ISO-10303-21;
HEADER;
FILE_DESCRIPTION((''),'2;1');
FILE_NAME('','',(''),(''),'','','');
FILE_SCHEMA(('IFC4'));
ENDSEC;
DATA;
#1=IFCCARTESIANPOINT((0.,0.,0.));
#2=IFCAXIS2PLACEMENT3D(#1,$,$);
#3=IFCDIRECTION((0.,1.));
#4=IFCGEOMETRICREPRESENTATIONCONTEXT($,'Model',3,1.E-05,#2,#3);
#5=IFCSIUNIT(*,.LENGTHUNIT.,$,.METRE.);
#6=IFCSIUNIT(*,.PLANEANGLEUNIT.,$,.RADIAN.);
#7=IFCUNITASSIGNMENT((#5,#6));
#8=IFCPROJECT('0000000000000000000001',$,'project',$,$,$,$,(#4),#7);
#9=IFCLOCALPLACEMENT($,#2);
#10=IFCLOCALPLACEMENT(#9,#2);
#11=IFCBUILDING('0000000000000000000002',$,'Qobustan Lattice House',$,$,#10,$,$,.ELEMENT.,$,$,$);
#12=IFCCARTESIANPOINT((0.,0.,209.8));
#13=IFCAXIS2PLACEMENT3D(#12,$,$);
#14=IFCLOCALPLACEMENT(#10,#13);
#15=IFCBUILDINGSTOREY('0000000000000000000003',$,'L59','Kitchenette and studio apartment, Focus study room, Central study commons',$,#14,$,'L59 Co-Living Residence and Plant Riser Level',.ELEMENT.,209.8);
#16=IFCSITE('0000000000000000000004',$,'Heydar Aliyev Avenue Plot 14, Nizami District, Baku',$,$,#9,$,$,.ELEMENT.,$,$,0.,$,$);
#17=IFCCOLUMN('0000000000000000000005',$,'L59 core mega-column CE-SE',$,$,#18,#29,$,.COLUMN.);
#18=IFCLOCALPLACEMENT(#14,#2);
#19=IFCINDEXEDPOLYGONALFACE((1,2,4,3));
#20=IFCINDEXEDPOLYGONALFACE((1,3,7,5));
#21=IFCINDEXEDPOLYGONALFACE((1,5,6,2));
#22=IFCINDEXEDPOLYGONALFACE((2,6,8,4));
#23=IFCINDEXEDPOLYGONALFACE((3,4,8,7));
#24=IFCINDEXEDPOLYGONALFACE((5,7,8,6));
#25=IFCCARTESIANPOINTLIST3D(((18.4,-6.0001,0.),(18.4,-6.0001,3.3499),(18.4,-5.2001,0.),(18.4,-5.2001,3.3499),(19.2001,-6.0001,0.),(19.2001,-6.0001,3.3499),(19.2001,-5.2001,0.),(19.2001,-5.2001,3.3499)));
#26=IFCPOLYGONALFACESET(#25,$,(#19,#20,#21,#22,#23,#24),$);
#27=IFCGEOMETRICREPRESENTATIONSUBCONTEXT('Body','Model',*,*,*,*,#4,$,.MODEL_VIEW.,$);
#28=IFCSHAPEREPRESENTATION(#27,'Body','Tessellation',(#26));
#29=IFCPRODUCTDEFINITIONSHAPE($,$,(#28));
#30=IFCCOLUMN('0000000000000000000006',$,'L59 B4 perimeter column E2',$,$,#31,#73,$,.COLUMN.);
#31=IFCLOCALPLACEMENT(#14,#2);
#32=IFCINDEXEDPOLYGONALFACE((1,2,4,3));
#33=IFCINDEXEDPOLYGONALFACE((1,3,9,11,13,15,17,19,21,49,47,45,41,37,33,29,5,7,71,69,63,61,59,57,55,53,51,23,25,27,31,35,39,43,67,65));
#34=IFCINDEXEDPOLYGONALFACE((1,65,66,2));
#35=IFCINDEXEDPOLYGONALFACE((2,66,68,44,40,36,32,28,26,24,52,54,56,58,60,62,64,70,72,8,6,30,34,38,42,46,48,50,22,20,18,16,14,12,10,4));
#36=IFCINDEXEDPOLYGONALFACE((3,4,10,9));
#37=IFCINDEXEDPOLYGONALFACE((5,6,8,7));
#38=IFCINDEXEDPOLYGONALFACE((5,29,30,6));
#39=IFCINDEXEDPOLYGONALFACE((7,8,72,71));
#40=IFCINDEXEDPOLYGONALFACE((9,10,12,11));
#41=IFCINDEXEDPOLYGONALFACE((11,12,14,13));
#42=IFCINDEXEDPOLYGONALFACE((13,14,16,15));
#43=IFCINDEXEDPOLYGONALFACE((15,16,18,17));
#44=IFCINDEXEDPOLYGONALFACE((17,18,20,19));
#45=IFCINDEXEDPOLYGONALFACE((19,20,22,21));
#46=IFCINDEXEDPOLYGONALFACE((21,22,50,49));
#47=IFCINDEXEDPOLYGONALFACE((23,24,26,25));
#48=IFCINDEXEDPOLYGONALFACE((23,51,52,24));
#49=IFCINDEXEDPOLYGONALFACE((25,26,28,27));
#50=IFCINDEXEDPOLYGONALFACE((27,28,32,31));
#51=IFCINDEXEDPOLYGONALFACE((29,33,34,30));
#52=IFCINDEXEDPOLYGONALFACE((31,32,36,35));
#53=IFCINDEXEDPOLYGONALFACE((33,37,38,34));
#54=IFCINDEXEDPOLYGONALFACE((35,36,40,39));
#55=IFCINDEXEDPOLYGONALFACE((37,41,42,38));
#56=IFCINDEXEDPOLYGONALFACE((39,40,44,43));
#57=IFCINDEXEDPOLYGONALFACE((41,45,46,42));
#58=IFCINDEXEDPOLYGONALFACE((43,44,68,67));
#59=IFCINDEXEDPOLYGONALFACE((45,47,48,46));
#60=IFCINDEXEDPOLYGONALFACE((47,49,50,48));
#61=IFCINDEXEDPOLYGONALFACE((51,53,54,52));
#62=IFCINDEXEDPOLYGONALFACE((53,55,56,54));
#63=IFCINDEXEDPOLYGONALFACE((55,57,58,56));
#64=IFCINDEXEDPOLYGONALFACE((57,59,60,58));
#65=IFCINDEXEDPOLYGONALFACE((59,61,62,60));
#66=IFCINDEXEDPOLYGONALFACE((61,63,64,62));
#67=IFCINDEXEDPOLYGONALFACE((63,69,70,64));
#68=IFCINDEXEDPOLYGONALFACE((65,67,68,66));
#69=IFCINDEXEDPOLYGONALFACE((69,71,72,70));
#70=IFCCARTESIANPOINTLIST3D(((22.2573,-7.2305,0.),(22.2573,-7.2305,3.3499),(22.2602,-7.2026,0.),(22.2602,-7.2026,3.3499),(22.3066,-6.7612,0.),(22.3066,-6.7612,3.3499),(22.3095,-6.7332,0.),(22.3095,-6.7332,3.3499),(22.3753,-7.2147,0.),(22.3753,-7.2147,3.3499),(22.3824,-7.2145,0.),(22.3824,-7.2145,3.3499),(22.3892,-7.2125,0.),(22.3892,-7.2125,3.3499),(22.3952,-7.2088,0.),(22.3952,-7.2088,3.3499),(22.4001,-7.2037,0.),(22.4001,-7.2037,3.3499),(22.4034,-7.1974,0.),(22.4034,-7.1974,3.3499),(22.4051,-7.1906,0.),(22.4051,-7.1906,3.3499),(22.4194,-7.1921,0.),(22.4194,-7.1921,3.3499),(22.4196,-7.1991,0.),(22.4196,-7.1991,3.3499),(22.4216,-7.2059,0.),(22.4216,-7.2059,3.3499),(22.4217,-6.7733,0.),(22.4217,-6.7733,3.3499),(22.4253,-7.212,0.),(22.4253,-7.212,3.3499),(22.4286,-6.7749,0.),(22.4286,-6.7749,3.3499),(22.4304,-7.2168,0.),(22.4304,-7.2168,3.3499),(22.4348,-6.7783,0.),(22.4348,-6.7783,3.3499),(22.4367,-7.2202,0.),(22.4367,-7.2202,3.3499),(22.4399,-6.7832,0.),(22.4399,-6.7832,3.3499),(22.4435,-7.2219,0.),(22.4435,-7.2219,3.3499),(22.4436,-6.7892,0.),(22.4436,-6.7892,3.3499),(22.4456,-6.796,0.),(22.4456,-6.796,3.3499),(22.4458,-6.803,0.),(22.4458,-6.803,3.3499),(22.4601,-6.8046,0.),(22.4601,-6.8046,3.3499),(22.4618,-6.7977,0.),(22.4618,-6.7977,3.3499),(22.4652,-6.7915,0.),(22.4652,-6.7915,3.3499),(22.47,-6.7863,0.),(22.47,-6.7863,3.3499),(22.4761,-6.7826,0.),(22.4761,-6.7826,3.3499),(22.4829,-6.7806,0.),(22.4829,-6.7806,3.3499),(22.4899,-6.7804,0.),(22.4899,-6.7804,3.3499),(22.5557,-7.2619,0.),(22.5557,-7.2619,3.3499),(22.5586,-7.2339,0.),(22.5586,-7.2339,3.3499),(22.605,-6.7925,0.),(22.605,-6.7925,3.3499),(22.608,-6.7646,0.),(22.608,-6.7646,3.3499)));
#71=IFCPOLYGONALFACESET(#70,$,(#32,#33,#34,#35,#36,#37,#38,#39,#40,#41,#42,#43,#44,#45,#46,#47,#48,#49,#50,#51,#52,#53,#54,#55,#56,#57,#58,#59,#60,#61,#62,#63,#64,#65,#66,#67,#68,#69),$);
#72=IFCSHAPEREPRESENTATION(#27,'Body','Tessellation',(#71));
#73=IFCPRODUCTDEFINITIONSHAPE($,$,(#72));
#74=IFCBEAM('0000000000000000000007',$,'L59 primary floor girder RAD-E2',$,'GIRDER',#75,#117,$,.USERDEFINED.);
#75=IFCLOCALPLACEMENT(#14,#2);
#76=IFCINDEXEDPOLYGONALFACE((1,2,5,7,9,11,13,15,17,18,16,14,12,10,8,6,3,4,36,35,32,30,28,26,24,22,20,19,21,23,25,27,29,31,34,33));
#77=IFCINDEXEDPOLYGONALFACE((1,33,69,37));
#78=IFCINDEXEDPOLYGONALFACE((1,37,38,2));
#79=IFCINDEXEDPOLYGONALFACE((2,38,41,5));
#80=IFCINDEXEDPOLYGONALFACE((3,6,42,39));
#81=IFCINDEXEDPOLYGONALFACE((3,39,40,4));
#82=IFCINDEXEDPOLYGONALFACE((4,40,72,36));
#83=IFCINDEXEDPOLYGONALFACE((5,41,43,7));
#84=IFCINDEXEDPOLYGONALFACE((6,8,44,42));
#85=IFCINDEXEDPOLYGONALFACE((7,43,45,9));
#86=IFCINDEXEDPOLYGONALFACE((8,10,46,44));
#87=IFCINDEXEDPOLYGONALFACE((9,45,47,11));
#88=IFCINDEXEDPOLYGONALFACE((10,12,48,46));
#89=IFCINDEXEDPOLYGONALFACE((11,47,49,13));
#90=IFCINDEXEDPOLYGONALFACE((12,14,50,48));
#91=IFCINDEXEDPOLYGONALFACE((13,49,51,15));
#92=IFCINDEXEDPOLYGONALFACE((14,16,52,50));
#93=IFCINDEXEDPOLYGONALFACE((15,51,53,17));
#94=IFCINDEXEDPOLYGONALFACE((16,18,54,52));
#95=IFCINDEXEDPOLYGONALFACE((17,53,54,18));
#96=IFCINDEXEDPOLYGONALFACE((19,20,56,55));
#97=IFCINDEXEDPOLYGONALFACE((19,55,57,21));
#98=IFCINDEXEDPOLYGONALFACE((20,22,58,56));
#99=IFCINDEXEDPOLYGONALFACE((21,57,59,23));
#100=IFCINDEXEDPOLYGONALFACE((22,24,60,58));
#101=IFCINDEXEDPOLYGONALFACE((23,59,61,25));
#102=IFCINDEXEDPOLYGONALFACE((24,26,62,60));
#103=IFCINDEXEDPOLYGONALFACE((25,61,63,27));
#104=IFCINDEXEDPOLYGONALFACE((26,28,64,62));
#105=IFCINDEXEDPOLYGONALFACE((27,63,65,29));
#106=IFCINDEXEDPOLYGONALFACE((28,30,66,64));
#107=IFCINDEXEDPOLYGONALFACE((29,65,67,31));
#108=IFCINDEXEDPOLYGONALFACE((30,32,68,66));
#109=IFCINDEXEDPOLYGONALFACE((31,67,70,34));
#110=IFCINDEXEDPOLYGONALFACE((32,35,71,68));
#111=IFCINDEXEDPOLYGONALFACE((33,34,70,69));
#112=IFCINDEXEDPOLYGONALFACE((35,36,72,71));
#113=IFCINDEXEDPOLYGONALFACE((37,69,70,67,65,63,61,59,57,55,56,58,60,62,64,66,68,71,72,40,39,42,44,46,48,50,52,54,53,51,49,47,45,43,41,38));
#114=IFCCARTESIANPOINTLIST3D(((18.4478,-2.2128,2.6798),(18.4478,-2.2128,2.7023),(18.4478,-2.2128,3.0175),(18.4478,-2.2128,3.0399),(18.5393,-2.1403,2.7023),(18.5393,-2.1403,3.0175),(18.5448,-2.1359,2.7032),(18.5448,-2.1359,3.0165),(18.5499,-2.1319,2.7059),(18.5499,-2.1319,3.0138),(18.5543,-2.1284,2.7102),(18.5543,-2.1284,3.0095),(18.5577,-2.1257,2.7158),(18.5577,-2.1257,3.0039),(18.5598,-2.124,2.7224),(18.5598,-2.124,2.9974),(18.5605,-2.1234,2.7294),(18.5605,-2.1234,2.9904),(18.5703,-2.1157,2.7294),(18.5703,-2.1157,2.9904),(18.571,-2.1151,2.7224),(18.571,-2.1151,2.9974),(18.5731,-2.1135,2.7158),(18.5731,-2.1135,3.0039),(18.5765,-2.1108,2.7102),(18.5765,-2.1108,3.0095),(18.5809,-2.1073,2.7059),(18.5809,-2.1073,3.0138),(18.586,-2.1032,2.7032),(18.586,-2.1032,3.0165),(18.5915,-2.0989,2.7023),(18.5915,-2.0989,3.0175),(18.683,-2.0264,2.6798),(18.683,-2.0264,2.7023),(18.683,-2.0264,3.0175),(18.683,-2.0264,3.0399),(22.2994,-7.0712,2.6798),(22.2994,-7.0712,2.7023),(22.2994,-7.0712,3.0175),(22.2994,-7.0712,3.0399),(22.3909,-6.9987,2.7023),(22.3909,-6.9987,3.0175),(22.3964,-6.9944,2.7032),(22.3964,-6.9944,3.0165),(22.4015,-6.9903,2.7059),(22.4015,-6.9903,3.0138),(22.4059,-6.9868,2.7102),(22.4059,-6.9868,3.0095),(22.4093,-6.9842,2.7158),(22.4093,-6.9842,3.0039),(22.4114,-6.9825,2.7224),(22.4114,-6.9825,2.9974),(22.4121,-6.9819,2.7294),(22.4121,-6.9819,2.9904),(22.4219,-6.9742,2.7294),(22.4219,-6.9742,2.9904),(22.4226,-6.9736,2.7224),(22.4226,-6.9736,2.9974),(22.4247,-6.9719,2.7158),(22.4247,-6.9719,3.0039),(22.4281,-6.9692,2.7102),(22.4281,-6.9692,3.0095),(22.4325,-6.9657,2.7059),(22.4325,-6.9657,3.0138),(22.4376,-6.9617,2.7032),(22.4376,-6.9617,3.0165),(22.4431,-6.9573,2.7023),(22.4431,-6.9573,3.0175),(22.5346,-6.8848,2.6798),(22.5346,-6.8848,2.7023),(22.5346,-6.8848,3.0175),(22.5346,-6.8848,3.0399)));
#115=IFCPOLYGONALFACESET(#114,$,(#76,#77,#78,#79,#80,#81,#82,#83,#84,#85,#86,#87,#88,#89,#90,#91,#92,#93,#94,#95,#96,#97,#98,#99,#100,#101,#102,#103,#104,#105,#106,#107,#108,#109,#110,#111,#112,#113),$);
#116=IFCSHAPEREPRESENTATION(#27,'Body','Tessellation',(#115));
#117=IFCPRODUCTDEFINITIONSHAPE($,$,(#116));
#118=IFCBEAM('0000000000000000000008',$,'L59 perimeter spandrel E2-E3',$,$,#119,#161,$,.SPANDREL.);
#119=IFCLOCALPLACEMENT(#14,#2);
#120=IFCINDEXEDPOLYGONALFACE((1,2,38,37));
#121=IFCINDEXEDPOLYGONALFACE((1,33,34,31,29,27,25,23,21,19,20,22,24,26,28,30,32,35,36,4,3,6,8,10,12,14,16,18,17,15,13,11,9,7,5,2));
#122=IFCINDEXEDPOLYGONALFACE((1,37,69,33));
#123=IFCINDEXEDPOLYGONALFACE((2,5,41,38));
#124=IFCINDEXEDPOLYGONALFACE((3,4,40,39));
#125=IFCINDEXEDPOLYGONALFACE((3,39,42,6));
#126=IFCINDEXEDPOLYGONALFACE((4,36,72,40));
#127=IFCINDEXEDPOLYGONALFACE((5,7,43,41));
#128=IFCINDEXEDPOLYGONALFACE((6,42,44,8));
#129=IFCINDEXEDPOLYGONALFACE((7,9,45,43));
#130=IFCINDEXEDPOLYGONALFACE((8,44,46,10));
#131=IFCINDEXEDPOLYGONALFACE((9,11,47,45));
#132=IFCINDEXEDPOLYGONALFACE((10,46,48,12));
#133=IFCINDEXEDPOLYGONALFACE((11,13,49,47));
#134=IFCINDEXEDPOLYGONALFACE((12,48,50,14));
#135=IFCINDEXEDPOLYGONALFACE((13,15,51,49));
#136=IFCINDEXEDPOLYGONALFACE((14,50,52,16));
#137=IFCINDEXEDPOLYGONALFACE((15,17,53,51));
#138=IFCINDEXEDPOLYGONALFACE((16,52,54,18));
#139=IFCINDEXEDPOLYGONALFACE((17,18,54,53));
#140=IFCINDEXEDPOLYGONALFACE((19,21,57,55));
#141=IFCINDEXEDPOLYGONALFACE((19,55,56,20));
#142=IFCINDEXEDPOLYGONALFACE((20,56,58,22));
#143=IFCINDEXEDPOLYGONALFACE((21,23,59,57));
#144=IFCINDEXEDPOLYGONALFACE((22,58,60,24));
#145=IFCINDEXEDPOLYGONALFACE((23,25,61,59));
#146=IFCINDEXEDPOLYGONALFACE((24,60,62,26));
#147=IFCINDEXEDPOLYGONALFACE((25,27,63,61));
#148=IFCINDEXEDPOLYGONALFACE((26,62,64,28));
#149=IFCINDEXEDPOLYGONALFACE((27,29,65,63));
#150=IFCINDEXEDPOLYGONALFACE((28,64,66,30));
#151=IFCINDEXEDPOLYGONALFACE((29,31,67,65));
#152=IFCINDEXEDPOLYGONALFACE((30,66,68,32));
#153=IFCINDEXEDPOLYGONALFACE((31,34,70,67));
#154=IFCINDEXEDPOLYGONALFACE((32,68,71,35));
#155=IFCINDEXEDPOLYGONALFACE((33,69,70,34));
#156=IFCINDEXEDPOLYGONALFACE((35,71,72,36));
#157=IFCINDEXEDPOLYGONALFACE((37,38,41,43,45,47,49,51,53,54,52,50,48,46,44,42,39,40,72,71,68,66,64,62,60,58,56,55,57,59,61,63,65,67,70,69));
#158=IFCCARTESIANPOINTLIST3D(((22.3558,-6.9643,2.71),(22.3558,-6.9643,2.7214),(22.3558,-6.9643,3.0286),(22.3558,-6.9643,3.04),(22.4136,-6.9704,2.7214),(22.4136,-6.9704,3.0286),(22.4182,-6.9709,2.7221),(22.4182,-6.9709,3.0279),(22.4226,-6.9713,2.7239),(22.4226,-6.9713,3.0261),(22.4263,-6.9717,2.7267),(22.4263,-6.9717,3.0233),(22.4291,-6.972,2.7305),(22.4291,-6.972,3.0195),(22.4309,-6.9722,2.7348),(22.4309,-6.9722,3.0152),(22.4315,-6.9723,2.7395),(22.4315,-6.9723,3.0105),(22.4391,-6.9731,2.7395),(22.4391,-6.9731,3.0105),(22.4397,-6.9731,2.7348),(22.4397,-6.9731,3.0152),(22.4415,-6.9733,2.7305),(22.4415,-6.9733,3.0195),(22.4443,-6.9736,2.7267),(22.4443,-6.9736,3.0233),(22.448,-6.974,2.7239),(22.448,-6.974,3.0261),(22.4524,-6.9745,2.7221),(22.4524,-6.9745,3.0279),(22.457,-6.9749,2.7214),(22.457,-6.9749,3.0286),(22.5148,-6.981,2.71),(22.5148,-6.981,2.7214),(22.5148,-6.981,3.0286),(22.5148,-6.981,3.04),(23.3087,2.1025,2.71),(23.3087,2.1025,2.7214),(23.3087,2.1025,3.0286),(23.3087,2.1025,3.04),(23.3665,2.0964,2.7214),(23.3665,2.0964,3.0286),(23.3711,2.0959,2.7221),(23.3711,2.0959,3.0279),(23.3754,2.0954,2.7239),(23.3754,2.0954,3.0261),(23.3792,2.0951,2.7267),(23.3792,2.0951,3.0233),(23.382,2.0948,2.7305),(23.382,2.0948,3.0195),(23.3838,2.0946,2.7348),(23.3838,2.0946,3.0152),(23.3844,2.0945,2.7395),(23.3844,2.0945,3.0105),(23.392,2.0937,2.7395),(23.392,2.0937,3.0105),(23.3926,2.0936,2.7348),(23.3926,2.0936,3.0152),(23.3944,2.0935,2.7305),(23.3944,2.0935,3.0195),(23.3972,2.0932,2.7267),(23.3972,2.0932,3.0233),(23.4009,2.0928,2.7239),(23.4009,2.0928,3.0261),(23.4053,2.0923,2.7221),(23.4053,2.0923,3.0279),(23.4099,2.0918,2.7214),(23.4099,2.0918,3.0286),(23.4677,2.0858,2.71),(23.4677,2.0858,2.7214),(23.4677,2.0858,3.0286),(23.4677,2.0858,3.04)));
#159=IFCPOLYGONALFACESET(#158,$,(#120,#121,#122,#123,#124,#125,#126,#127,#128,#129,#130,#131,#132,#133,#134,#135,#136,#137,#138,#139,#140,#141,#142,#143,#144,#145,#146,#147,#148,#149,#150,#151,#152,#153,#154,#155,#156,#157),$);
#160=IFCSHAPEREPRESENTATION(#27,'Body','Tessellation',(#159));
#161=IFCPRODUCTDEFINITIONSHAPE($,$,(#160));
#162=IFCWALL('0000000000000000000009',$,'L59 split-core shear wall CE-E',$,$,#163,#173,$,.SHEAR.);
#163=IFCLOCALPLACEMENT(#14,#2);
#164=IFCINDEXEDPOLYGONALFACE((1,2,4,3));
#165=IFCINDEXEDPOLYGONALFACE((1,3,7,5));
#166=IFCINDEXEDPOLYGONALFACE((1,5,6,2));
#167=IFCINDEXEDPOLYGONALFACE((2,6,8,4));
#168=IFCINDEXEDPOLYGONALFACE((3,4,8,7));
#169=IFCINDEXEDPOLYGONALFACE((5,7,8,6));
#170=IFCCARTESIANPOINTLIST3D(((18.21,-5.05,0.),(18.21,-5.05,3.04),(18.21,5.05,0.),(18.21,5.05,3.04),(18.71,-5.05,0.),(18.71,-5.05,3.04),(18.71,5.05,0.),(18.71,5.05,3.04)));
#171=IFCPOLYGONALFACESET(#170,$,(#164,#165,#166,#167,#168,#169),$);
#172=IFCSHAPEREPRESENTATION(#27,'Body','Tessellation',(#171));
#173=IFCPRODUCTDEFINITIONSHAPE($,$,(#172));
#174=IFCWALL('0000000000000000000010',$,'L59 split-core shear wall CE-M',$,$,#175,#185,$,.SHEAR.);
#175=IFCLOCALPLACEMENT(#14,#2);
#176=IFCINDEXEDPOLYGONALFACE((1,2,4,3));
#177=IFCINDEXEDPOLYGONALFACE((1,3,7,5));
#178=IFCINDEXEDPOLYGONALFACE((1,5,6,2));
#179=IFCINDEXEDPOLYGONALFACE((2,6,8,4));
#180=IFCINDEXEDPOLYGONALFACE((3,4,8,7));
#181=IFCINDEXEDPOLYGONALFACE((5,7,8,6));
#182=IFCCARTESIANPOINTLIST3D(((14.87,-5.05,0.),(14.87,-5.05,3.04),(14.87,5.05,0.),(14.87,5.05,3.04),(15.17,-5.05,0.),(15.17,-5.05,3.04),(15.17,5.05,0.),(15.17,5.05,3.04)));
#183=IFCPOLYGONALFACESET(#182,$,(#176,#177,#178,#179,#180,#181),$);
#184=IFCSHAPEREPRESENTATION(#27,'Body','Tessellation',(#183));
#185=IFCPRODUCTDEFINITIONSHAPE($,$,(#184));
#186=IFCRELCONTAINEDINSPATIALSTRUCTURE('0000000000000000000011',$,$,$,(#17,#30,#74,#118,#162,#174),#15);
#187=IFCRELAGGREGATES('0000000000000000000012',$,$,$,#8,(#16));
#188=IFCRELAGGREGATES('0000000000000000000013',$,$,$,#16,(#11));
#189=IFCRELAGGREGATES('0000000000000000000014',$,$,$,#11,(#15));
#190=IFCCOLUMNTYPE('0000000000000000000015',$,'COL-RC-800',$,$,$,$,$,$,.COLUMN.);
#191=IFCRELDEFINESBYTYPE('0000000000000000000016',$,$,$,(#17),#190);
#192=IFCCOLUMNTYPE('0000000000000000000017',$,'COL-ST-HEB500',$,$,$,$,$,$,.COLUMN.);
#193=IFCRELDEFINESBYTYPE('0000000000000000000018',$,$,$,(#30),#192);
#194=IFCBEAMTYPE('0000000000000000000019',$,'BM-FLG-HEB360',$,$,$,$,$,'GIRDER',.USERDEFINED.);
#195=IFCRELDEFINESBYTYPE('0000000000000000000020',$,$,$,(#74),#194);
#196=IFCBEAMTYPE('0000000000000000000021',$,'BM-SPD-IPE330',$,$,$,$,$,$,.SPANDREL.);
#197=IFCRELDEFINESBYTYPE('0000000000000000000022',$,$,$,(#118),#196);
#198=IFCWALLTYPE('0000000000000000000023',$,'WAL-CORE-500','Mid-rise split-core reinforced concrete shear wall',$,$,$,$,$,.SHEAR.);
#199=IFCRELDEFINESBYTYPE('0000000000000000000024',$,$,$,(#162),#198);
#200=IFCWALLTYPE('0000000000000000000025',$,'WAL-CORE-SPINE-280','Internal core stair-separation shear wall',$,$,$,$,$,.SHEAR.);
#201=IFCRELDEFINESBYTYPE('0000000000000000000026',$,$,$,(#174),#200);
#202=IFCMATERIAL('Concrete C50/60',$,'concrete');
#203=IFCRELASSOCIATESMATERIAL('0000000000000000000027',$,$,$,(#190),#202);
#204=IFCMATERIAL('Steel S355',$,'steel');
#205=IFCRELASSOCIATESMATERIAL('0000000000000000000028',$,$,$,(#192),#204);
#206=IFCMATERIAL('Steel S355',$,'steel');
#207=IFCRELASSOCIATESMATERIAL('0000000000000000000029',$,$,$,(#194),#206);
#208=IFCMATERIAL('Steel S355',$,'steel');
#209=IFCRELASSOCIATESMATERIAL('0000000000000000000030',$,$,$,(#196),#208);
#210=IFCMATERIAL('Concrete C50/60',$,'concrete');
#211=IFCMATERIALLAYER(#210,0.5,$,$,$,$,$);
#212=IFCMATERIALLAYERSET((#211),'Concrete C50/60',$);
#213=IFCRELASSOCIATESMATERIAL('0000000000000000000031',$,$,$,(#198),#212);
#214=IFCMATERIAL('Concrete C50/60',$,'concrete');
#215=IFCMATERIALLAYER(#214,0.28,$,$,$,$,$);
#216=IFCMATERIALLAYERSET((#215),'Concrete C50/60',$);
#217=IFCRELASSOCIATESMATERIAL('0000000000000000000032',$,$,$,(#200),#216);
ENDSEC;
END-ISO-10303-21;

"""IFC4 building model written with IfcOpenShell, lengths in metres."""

from ifc_helpers import new_model, si_unit, direction, frame, frame_2d, origin, origin_2d, place, context, subcontext, project, spatial, rectangle, i_section, extrude, material, layer, layer_set, material_profile, profile_set, type_object, element, save


model = new_model("IFC4")

# Units and contexts
model_context = context("Model", 3, precision=1e-05, world=origin(), true_north=direction((0.0, 1.0)))
body_context = subcontext(model_context, "Body", "Model", "MODEL_VIEW")
ifc_project = project(units=[si_unit("LENGTHUNIT", "METRE"), si_unit("PLANEANGLEUNIT", "RADIAN")], contexts=[model_context])

# Site, building, storey
site_placement = place(None, origin())
site = spatial("IfcSite", under=ifc_project, at=site_placement, Name="Heydar Aliyev Avenue Plot 14, Nizami District, Baku", CompositionType="ELEMENT", RefElevation=0.0)
building_placement = place(site_placement, origin())
building = spatial("IfcBuilding", under=site, at=building_placement, Name="Qobustan Lattice House", CompositionType="ELEMENT")
storey_placement = place(building_placement, frame((0.0, 0.0, 209.8)))
storey = spatial("IfcBuildingStorey", under=building, at=storey_placement, Name="L59", Description="Kitchenette and studio apartment, Focus study room, Central study commons", LongName="L59 Co-Living Residence and Plant Riser Level", CompositionType="ELEMENT", Elevation=209.8)

# Columns
ifc_material_1 = material(Name="Concrete C50/60", Category="concrete")
ifc_material_profile_1 = material_profile(ifc_material_1, rectangle(XDim=0.8, YDim=0.8, at=origin_2d()), Name="RC800x800")
ifc_profile_set_1 = profile_set([ifc_material_profile_1], Name="Concrete C50/60")
column_type_1 = type_object("IfcColumnType", Name="COL-RC-800", PredefinedType="COLUMN", material=ifc_profile_set_1)
column_1_placement = place(storey_placement, frame((18.8, -5.6001, 0.0), z_axis=(0.0, 0.0, 1.0), x_axis=(1.0, 0.0, 0.0)))
element("IfcColumn", 1, at=column_1_placement, inside=storey, type_object=column_type_1, Name="L59 core mega-column CE-SE", PredefinedType="COLUMN", context=body_context, shape_type="SweptSolid", body=[
    extrude(rectangle(XDim=0.8, YDim=0.8, at=origin_2d()), origin(), (0.0, 0.0, 1.0), 3.3499),
])
ifc_material_2 = material(Name="Steel S355", Category="steel")
ifc_material_profile_2 = material_profile(ifc_material_2, i_section(OverallWidth=0.3, OverallDepth=0.5, WebThickness=0.0144, FlangeThickness=0.0281, FilletRadius=0.0271, at=origin_2d()), Name="HEB500")
ifc_profile_set_2 = profile_set([ifc_material_profile_2], Name="Steel S355")
column_type_2 = type_object("IfcColumnType", Name="COL-ST-HEB500", PredefinedType="COLUMN", material=ifc_profile_set_2)
column_2_placement = place(storey_placement, frame((22.4326, -6.9976, 0.0), z_axis=(0.0, 0.0, 1.0), x_axis=(0.994522, -0.104528, 0.0)))
element("IfcColumn", 2, at=column_2_placement, inside=storey, type_object=column_type_2, Name="L59 B4 perimeter column E2", PredefinedType="COLUMN", context=body_context, shape_type="SweptSolid", body=[
    extrude(i_section(OverallWidth=0.3, OverallDepth=0.5, WebThickness=0.0144, FlangeThickness=0.0281, FilletRadius=0.0271, at=origin_2d()), origin(), (0.0, 0.0, 1.0), 3.3499),
])

# Beams
ifc_material_3 = material(Name="Steel S355", Category="steel")
ifc_material_profile_3 = material_profile(ifc_material_3, i_section(OverallWidth=0.3, OverallDepth=0.3601, WebThickness=0.0125, FlangeThickness=0.0225, FilletRadius=0.0271, at=origin_2d()), Name="HEB360")
ifc_profile_set_3 = profile_set([ifc_material_profile_3], Name="Steel S355")
beam_type_1 = type_object("IfcBeamType", Name="BM-FLG-HEB360", ElementType="GIRDER", PredefinedType="USERDEFINED", material=ifc_profile_set_3)
beam_1_placement = place(storey_placement, frame((22.417, -6.978, 2.8599), z_axis=(-0.621231, 0.783627, 0.0), x_axis=(-0.783627, -0.621231, 0.0)))
element("IfcBeam", 3, at=beam_1_placement, inside=storey, type_object=beam_type_1, Name="L59 primary floor girder RAD-E2", ObjectType="GIRDER", PredefinedType="USERDEFINED", context=body_context, shape_type="SweptSolid", body=[
    extrude(i_section(OverallWidth=0.3, OverallDepth=0.3601, WebThickness=0.0125, FlangeThickness=0.0225, FilletRadius=0.0271, at=origin_2d()), origin(), (0.0, 0.0, 1.0), 6.2),
])
ifc_material_4 = material(Name="Steel S355", Category="steel")
ifc_material_profile_4 = material_profile(ifc_material_4, i_section(OverallWidth=0.1599, OverallDepth=0.3301, WebThickness=0.0076, FlangeThickness=0.0115, FilletRadius=0.0181, at=origin_2d()), Name="IPE330")
ifc_profile_set_4 = profile_set([ifc_material_profile_4], Name="Steel S355")
beam_type_2 = type_object("IfcBeamType", Name="BM-SPD-IPE330", PredefinedType="SPANDREL", material=ifc_profile_set_4)
beam_2_placement = place(storey_placement, frame((22.4353, -6.9727, 2.875), z_axis=(0.104522, 0.994523, 0.0), x_axis=(-0.994523, 0.104522, 0.0)))
element("IfcBeam", 4, at=beam_2_placement, inside=storey, type_object=beam_type_2, Name="L59 perimeter spandrel E2-E3", PredefinedType="SPANDREL", context=body_context, shape_type="SweptSolid", body=[
    extrude(i_section(OverallWidth=0.1599, OverallDepth=0.3301, WebThickness=0.0076, FlangeThickness=0.0115, FilletRadius=0.0181, at=origin_2d()), origin(), (0.0, 0.0, 1.0), 9.1167),
])

# Walls
ifc_material_5 = material(Name="Concrete C50/60", Category="concrete")
ifc_layer_1 = layer(ifc_material_5, 0.5)
ifc_layer_set_1 = layer_set([ifc_layer_1], Name="Concrete C50/60")
wall_type_1 = type_object("IfcWallType", Name="WAL-CORE-500", Description="Mid-rise split-core reinforced concrete shear wall", PredefinedType="SHEAR", material=ifc_layer_set_1)
wall_1_placement = place(storey_placement, frame((18.46, -5.05, 0.0), z_axis=(0.0, 0.0, 1.0), x_axis=(0.0, 1.0, 0.0)))
element("IfcWall", 5, at=wall_1_placement, inside=storey, type_object=wall_type_1, Name="L59 split-core shear wall CE-E", PredefinedType="SHEAR", context=body_context, shape_type="SweptSolid", body=[
    extrude(rectangle(XDim=10.1001, YDim=0.5, at=frame_2d((5.05, 0.0))), origin(), (0.0, 0.0, 1.0), 3.04),
])
ifc_material_6 = material(Name="Concrete C50/60", Category="concrete")
ifc_layer_2 = layer(ifc_material_6, 0.28)
ifc_layer_set_2 = layer_set([ifc_layer_2], Name="Concrete C50/60")
wall_type_2 = type_object("IfcWallType", Name="WAL-CORE-SPINE-280", Description="Internal core stair-separation shear wall", PredefinedType="SHEAR", material=ifc_layer_set_2)
wall_2_placement = place(storey_placement, frame((15.02, -5.05, 0.0), z_axis=(0.0, 0.0, 1.0), x_axis=(0.0, 1.0, 0.0)))
element("IfcWall", 6, at=wall_2_placement, inside=storey, type_object=wall_type_2, Name="L59 split-core shear wall CE-M", PredefinedType="SHEAR", context=body_context, shape_type="SweptSolid", body=[
    extrude(rectangle(XDim=10.1001, YDim=0.3, at=frame_2d((5.05, 0.0))), origin(), (0.0, 0.0, 1.0), 3.04),
])

save(model, "model.ifc")
